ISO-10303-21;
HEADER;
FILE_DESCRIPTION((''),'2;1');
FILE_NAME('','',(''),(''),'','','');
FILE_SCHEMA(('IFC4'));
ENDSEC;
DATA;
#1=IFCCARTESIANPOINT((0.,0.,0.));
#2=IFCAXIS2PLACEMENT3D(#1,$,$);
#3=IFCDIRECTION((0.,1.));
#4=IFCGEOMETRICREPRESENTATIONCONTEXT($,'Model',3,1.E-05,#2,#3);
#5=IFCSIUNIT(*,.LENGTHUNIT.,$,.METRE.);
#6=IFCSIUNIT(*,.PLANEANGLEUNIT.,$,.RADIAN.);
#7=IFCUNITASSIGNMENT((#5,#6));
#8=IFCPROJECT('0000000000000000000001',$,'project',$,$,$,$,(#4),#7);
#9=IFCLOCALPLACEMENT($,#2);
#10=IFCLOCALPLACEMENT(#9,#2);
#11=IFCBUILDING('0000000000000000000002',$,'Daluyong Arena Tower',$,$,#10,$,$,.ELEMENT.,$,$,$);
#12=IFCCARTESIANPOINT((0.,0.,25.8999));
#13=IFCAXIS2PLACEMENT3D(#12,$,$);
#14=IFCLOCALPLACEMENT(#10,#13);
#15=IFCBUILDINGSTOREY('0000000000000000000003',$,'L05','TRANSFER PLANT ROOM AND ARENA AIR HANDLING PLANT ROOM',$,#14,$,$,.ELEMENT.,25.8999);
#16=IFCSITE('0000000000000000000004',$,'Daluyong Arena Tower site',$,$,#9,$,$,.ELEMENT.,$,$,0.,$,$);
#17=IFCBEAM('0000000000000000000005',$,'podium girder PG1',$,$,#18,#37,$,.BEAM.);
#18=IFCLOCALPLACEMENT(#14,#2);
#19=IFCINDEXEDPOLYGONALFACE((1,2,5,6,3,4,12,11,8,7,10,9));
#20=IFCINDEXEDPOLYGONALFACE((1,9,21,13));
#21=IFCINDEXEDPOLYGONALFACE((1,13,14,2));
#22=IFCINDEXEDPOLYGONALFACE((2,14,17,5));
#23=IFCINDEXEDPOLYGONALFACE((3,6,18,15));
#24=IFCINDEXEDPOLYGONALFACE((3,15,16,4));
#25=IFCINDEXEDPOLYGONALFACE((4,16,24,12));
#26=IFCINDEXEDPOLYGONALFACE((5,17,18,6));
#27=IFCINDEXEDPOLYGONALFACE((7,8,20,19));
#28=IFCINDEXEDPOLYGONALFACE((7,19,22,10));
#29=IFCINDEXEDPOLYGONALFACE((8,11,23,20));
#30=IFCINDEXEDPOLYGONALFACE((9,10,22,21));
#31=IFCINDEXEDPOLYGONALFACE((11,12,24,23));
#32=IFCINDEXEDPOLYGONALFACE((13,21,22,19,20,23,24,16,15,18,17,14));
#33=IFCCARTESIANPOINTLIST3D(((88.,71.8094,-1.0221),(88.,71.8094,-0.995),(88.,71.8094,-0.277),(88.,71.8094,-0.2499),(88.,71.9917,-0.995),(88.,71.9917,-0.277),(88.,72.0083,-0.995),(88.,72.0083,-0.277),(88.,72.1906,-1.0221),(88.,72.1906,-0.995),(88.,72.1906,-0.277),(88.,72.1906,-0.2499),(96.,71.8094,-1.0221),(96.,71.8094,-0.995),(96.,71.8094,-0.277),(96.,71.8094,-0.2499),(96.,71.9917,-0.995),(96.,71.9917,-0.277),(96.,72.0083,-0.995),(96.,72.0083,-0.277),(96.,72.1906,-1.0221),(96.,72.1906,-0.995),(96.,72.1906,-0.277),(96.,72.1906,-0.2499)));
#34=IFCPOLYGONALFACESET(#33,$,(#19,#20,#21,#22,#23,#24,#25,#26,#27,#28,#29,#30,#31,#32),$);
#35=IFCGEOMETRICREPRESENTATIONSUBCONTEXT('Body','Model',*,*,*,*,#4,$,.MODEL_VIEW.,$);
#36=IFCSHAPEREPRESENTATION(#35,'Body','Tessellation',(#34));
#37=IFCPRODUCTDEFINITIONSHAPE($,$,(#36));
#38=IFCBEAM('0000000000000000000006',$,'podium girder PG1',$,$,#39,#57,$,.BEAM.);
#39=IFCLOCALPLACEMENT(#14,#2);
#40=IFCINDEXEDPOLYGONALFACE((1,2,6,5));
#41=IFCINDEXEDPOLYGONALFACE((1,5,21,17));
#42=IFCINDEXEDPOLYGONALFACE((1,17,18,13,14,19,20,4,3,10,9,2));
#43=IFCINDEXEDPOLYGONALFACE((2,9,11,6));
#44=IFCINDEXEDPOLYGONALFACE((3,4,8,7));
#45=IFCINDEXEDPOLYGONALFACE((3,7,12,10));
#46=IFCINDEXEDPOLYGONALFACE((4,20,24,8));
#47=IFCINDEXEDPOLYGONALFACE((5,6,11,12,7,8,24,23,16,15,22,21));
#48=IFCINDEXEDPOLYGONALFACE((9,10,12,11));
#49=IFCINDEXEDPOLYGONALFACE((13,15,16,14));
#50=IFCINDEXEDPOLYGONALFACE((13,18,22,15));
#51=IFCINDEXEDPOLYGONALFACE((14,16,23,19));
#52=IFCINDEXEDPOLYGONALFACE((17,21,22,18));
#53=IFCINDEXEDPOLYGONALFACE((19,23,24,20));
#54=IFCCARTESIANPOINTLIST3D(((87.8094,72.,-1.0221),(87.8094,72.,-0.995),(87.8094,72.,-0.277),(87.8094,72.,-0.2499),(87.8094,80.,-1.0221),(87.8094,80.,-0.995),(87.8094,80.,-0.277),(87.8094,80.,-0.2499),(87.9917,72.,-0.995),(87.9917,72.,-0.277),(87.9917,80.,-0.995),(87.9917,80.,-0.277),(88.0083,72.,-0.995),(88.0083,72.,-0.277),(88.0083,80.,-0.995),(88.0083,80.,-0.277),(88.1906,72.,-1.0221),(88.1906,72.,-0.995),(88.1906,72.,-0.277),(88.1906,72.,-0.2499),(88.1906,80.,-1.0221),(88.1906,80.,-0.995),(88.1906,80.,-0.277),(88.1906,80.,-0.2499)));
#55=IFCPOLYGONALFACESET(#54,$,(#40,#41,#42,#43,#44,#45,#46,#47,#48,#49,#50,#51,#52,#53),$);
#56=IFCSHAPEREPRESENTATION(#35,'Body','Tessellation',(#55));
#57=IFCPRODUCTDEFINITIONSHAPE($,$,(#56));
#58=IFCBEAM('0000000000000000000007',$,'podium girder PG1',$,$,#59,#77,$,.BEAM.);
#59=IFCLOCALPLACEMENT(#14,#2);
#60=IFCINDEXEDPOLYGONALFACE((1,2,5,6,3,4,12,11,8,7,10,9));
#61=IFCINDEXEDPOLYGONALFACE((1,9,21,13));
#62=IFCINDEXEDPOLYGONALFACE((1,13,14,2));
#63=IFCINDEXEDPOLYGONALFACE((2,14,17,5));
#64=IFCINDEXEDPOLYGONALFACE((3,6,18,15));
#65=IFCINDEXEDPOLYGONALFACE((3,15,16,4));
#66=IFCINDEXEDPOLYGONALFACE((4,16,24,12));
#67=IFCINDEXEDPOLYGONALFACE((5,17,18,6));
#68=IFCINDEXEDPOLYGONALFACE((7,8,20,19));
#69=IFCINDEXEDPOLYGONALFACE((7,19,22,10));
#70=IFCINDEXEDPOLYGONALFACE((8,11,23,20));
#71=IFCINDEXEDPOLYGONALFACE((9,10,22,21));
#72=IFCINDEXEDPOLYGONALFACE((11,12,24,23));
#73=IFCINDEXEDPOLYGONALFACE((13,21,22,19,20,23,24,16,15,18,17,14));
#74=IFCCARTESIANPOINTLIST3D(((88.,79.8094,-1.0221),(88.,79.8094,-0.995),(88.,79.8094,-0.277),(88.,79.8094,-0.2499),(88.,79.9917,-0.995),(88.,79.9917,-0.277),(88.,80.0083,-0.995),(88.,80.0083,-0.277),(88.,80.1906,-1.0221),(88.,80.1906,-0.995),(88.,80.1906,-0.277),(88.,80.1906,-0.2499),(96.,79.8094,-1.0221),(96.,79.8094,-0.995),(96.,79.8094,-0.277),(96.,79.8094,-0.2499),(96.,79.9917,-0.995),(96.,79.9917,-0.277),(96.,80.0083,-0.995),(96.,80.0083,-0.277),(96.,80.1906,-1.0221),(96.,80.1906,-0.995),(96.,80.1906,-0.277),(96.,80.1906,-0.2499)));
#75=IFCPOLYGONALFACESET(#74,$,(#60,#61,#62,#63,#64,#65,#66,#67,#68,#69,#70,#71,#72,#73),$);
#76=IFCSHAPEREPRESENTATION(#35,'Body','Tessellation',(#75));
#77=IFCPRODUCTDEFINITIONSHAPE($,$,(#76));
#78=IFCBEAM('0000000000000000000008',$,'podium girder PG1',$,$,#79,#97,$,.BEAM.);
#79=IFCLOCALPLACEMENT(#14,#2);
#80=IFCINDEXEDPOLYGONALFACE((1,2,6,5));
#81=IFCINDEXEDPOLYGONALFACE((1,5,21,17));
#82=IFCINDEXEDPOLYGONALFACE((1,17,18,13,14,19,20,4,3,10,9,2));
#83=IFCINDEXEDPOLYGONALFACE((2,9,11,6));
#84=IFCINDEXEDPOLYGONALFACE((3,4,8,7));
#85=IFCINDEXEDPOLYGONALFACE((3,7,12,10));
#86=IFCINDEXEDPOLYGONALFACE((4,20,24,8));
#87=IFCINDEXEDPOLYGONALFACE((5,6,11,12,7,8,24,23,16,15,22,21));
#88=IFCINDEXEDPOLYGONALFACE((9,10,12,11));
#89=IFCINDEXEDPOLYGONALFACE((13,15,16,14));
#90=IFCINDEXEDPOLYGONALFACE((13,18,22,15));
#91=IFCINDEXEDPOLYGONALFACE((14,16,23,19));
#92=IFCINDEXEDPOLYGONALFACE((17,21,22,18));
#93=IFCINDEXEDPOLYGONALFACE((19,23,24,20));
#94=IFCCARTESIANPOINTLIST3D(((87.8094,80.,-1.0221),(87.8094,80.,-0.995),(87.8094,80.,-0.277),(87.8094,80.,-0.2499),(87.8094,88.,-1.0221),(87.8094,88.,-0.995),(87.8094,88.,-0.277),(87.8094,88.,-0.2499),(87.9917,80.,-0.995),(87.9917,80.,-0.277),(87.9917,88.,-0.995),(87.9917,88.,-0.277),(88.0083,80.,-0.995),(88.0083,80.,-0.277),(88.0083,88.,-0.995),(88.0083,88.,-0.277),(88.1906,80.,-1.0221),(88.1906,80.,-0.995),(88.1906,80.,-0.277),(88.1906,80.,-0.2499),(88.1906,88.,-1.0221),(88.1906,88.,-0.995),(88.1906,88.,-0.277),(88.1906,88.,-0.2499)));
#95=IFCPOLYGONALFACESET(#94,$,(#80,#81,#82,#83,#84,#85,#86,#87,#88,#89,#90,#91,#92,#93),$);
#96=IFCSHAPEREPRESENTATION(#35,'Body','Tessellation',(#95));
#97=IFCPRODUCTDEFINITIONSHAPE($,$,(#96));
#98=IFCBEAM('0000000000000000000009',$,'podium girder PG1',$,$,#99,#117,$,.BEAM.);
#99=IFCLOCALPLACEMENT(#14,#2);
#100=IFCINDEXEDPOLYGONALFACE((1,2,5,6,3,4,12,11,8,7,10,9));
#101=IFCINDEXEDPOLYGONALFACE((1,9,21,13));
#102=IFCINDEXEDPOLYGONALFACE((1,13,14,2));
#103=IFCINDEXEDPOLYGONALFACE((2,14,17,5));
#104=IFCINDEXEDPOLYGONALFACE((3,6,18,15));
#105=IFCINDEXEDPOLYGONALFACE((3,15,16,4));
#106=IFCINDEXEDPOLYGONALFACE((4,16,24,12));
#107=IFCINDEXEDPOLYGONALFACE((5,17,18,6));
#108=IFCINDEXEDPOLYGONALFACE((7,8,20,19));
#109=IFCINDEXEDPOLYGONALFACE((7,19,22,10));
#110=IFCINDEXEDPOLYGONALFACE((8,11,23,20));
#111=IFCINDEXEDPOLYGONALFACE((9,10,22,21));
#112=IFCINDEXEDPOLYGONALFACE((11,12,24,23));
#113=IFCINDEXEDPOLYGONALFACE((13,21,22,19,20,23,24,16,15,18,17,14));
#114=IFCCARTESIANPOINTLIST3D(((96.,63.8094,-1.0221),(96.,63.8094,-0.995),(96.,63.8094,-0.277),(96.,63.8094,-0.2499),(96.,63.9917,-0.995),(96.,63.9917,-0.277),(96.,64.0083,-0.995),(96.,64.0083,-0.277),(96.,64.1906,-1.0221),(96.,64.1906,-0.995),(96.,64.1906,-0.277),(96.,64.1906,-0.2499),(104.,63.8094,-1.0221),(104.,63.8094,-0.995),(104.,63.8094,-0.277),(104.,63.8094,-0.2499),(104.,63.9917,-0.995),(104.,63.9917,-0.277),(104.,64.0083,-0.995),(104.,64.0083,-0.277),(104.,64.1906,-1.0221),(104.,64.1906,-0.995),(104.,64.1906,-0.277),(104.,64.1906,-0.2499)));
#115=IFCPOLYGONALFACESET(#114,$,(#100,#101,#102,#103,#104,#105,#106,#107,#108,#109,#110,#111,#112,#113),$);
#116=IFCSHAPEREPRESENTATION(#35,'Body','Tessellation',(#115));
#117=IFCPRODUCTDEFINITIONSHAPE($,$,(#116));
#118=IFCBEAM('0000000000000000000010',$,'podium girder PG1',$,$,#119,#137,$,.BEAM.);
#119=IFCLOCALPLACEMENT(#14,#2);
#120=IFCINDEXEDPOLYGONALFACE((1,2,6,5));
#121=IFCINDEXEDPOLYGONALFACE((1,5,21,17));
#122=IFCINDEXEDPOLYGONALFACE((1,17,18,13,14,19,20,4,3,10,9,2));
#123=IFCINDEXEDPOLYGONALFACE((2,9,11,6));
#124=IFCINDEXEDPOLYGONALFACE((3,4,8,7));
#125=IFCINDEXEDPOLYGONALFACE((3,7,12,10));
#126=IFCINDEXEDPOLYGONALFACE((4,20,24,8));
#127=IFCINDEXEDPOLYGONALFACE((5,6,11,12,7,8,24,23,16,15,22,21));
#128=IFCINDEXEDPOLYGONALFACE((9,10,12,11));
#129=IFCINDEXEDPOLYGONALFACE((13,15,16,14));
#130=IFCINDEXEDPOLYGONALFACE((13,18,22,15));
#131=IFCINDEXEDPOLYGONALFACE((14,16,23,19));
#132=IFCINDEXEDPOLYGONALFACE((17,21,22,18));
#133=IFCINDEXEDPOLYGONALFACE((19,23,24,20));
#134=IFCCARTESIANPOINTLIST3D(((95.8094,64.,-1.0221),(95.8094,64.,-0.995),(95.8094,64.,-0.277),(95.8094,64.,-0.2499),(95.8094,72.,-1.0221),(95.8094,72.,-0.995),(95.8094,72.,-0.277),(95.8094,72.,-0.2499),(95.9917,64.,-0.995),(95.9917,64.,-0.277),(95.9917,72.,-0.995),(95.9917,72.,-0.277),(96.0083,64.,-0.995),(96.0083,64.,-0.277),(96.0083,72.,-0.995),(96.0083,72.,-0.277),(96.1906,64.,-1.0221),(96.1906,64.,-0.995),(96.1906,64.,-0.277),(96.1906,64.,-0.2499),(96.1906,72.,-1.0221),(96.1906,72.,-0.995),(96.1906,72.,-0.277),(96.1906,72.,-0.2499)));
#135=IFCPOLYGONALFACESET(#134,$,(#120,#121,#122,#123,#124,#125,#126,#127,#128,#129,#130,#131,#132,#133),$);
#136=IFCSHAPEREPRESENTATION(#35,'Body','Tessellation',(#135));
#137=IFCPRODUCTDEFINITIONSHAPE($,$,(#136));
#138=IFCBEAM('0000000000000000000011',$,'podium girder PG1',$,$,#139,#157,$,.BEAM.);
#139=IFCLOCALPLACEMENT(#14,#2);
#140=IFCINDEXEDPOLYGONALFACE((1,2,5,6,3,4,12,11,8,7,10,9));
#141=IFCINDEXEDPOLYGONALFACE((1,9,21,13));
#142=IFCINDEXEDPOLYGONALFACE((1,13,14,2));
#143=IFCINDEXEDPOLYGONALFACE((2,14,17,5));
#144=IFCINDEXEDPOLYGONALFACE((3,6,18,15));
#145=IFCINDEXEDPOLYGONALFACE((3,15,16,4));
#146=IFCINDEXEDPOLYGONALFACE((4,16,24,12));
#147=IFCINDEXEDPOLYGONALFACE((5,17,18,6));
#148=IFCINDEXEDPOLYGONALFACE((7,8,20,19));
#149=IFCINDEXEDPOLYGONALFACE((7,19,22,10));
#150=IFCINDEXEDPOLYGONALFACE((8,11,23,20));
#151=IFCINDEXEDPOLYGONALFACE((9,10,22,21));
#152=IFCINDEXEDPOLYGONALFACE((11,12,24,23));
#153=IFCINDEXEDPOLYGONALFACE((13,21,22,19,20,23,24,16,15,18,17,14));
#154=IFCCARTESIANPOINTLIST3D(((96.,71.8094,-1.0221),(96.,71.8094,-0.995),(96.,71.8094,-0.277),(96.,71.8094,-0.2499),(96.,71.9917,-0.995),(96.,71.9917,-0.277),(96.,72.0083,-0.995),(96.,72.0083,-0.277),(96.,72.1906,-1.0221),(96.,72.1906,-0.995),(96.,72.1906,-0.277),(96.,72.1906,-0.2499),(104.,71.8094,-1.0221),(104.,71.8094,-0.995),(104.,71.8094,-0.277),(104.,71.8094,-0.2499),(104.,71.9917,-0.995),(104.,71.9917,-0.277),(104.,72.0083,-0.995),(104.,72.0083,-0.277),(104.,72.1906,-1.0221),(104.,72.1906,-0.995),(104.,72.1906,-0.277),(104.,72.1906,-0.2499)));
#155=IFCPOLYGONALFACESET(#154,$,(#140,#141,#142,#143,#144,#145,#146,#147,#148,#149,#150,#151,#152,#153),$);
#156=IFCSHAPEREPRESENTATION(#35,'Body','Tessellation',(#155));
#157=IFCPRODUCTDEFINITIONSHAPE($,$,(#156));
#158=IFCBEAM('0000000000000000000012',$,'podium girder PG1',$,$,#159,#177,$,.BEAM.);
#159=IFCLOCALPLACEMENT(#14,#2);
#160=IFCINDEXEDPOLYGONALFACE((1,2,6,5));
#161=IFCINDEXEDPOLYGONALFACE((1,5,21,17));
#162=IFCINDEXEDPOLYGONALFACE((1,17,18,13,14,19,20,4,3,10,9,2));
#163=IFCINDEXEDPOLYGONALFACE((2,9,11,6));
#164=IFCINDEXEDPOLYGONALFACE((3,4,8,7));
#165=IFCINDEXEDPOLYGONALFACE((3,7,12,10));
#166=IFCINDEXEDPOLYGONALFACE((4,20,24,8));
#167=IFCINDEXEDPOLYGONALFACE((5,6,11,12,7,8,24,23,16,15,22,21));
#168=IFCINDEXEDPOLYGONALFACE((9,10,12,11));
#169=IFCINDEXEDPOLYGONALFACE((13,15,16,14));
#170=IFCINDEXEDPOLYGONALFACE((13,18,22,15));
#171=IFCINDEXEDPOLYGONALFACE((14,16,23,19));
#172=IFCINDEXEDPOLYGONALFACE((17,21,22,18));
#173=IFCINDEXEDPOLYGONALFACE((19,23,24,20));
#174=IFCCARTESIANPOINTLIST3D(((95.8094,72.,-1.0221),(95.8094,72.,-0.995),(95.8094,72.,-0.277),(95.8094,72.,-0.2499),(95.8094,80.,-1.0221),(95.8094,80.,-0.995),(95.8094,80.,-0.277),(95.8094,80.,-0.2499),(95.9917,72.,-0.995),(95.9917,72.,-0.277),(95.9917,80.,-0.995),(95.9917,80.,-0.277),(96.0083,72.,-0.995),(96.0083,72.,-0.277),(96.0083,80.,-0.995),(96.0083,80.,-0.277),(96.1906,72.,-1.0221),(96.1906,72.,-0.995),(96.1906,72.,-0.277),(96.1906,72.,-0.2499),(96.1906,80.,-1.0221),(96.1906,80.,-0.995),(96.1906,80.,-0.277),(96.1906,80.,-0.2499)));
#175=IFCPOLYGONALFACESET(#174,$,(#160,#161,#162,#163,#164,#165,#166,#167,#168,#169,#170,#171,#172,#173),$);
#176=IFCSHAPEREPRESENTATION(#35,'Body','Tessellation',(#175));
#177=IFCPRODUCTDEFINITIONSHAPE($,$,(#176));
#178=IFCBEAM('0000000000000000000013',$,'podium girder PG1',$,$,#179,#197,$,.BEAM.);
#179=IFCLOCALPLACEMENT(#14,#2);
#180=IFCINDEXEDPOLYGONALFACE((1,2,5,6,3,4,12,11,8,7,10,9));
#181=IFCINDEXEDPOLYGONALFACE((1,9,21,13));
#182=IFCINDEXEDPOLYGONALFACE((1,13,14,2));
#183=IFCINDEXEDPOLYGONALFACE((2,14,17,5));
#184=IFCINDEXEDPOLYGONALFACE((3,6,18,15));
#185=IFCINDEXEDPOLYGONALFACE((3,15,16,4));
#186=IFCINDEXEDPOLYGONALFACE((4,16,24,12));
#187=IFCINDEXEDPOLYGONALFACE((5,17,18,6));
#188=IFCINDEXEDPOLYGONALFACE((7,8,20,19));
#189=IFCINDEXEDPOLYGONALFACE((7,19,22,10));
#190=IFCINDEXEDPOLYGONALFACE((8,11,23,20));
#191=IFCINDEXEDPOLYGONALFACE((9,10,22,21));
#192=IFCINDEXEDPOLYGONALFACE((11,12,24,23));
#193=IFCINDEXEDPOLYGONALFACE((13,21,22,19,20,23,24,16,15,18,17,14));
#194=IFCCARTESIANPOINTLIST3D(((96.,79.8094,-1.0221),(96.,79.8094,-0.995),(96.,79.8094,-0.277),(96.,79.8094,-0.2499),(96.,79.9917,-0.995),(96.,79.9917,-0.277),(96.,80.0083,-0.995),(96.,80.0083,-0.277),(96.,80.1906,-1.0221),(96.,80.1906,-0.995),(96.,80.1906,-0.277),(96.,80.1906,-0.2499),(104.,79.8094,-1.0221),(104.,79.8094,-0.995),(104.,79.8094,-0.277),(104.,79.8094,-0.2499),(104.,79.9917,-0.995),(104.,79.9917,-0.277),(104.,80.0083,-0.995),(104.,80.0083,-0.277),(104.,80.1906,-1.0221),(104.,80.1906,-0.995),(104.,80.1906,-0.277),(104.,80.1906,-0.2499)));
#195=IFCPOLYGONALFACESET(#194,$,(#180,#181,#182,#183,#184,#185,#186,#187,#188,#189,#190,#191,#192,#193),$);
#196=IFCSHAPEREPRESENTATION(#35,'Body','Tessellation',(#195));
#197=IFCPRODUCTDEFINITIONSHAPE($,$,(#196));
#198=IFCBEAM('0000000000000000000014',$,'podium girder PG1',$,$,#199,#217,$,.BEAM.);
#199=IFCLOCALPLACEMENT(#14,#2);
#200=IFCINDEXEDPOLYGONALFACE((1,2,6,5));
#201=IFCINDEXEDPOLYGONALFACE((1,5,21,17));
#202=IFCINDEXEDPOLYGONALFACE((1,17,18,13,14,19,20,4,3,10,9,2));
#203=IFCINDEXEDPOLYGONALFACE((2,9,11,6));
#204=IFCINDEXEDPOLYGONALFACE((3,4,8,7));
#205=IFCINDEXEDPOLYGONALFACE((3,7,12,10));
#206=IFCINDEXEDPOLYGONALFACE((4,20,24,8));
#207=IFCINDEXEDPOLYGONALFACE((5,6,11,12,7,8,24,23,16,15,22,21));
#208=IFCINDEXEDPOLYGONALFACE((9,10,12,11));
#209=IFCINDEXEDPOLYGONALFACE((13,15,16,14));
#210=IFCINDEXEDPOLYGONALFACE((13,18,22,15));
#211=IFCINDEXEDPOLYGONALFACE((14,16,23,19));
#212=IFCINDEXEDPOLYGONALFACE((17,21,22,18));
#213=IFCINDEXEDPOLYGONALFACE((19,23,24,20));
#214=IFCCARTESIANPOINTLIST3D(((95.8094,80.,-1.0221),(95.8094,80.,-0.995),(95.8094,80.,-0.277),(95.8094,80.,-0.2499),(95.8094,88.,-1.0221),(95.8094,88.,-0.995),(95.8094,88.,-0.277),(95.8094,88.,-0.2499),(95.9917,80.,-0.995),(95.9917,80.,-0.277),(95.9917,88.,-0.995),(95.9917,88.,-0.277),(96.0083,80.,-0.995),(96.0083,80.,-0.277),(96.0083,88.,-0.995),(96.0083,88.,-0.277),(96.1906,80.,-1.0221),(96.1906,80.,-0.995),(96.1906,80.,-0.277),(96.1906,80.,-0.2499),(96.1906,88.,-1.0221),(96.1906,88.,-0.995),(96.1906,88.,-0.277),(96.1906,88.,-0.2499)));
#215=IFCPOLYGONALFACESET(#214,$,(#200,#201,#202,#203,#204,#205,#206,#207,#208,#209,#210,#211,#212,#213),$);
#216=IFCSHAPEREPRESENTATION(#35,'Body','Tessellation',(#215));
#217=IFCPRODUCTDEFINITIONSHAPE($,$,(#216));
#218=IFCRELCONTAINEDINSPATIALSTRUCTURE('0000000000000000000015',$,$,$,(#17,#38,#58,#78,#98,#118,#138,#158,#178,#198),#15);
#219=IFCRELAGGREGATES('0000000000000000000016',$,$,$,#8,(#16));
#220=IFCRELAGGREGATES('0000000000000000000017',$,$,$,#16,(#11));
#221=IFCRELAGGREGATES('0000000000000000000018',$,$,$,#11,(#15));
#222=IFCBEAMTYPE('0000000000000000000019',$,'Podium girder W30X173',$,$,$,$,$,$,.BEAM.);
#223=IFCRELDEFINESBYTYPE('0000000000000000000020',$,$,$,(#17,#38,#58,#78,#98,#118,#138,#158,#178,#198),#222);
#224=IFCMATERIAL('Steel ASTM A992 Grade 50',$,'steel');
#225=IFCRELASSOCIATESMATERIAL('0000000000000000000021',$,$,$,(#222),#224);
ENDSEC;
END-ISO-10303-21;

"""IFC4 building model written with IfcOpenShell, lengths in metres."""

from ifc_helpers import new_model, si_unit, direction, frame, origin, origin_2d, place, context, subcontext, project, spatial, i_section, extrude, material, material_profile, profile_set, type_object, element, save


model = new_model("IFC4")

# Units and contexts
model_context = context("Model", 3, precision=1e-05, world=origin(), true_north=direction((0.0, 1.0)))
body_context = subcontext(model_context, "Body", "Model", "MODEL_VIEW")
ifc_project = project(units=[si_unit("LENGTHUNIT", "METRE"), si_unit("PLANEANGLEUNIT", "RADIAN")], contexts=[model_context])

# Site, building, storey
site_placement = place(None, origin())
site = spatial("IfcSite", under=ifc_project, at=site_placement, Name="Daluyong Arena Tower site", CompositionType="ELEMENT", RefElevation=0.0)
building_placement = place(site_placement, origin())
building = spatial("IfcBuilding", under=site, at=building_placement, Name="Daluyong Arena Tower", CompositionType="ELEMENT")
storey_placement = place(building_placement, frame((0.0, 0.0, 25.8999)))
storey = spatial("IfcBuildingStorey", under=building, at=storey_placement, Name="L05", Description="TRANSFER PLANT ROOM AND ARENA AIR HANDLING PLANT ROOM", CompositionType="ELEMENT", Elevation=25.8999)

# Beams
ifc_material_1 = material(Name="Steel ASTM A992 Grade 50", Category="steel")
ifc_material_profile_1 = material_profile(ifc_material_1, i_section(OverallWidth=0.3811, OverallDepth=0.7722, WebThickness=0.0166, FlangeThickness=0.0271, at=origin_2d()))
ifc_profile_set_1 = profile_set([ifc_material_profile_1], Name="Steel ASTM A992 Grade 50")
beam_type_1 = type_object("IfcBeamType", Name="Podium girder W30X173", PredefinedType="BEAM", material=ifc_profile_set_1)
for number, where, z_axis, x_axis, name in (
    (1, (88.0, 72.0, -0.636), (1.0, 0.0, 0.0), (0.0, 1.0, 0.0), "podium girder PG1"),
    (2, (88.0, 72.0, -0.636), (0.0, 1.0, 0.0), (-1.0, 0.0, 0.0), "podium girder PG1"),
    (3, (88.0, 80.0, -0.636), (1.0, 0.0, 0.0), (0.0, 1.0, 0.0), "podium girder PG1"),
    (4, (88.0, 80.0, -0.636), (0.0, 1.0, 0.0), (-1.0, 0.0, 0.0), "podium girder PG1"),
    (5, (96.0, 64.0, -0.636), (1.0, 0.0, 0.0), (0.0, 1.0, 0.0), "podium girder PG1"),
    (6, (96.0, 64.0, -0.636), (0.0, 1.0, 0.0), (-1.0, 0.0, 0.0), "podium girder PG1"),
    (7, (96.0, 72.0, -0.636), (1.0, 0.0, 0.0), (0.0, 1.0, 0.0), "podium girder PG1"),
    (8, (96.0, 72.0, -0.636), (0.0, 1.0, 0.0), (-1.0, 0.0, 0.0), "podium girder PG1"),
    (9, (96.0, 80.0, -0.636), (1.0, 0.0, 0.0), (0.0, 1.0, 0.0), "podium girder PG1"),
    (10, (96.0, 80.0, -0.636), (0.0, 1.0, 0.0), (-1.0, 0.0, 0.0), "podium girder PG1"),
):
    element("IfcBeam", number, at=place(storey_placement, frame(where, z_axis=z_axis, x_axis=x_axis)), inside=storey, type_object=beam_type_1, Name=name, PredefinedType="BEAM", context=body_context, shape_type="SweptSolid", body=[
        extrude(i_section(OverallWidth=0.3811, OverallDepth=0.7722, WebThickness=0.0166, FlangeThickness=0.0271, at=origin_2d()), origin(), (0.0, 0.0, 1.0), 8.0),
    ])

save(model, "model.ifc")
